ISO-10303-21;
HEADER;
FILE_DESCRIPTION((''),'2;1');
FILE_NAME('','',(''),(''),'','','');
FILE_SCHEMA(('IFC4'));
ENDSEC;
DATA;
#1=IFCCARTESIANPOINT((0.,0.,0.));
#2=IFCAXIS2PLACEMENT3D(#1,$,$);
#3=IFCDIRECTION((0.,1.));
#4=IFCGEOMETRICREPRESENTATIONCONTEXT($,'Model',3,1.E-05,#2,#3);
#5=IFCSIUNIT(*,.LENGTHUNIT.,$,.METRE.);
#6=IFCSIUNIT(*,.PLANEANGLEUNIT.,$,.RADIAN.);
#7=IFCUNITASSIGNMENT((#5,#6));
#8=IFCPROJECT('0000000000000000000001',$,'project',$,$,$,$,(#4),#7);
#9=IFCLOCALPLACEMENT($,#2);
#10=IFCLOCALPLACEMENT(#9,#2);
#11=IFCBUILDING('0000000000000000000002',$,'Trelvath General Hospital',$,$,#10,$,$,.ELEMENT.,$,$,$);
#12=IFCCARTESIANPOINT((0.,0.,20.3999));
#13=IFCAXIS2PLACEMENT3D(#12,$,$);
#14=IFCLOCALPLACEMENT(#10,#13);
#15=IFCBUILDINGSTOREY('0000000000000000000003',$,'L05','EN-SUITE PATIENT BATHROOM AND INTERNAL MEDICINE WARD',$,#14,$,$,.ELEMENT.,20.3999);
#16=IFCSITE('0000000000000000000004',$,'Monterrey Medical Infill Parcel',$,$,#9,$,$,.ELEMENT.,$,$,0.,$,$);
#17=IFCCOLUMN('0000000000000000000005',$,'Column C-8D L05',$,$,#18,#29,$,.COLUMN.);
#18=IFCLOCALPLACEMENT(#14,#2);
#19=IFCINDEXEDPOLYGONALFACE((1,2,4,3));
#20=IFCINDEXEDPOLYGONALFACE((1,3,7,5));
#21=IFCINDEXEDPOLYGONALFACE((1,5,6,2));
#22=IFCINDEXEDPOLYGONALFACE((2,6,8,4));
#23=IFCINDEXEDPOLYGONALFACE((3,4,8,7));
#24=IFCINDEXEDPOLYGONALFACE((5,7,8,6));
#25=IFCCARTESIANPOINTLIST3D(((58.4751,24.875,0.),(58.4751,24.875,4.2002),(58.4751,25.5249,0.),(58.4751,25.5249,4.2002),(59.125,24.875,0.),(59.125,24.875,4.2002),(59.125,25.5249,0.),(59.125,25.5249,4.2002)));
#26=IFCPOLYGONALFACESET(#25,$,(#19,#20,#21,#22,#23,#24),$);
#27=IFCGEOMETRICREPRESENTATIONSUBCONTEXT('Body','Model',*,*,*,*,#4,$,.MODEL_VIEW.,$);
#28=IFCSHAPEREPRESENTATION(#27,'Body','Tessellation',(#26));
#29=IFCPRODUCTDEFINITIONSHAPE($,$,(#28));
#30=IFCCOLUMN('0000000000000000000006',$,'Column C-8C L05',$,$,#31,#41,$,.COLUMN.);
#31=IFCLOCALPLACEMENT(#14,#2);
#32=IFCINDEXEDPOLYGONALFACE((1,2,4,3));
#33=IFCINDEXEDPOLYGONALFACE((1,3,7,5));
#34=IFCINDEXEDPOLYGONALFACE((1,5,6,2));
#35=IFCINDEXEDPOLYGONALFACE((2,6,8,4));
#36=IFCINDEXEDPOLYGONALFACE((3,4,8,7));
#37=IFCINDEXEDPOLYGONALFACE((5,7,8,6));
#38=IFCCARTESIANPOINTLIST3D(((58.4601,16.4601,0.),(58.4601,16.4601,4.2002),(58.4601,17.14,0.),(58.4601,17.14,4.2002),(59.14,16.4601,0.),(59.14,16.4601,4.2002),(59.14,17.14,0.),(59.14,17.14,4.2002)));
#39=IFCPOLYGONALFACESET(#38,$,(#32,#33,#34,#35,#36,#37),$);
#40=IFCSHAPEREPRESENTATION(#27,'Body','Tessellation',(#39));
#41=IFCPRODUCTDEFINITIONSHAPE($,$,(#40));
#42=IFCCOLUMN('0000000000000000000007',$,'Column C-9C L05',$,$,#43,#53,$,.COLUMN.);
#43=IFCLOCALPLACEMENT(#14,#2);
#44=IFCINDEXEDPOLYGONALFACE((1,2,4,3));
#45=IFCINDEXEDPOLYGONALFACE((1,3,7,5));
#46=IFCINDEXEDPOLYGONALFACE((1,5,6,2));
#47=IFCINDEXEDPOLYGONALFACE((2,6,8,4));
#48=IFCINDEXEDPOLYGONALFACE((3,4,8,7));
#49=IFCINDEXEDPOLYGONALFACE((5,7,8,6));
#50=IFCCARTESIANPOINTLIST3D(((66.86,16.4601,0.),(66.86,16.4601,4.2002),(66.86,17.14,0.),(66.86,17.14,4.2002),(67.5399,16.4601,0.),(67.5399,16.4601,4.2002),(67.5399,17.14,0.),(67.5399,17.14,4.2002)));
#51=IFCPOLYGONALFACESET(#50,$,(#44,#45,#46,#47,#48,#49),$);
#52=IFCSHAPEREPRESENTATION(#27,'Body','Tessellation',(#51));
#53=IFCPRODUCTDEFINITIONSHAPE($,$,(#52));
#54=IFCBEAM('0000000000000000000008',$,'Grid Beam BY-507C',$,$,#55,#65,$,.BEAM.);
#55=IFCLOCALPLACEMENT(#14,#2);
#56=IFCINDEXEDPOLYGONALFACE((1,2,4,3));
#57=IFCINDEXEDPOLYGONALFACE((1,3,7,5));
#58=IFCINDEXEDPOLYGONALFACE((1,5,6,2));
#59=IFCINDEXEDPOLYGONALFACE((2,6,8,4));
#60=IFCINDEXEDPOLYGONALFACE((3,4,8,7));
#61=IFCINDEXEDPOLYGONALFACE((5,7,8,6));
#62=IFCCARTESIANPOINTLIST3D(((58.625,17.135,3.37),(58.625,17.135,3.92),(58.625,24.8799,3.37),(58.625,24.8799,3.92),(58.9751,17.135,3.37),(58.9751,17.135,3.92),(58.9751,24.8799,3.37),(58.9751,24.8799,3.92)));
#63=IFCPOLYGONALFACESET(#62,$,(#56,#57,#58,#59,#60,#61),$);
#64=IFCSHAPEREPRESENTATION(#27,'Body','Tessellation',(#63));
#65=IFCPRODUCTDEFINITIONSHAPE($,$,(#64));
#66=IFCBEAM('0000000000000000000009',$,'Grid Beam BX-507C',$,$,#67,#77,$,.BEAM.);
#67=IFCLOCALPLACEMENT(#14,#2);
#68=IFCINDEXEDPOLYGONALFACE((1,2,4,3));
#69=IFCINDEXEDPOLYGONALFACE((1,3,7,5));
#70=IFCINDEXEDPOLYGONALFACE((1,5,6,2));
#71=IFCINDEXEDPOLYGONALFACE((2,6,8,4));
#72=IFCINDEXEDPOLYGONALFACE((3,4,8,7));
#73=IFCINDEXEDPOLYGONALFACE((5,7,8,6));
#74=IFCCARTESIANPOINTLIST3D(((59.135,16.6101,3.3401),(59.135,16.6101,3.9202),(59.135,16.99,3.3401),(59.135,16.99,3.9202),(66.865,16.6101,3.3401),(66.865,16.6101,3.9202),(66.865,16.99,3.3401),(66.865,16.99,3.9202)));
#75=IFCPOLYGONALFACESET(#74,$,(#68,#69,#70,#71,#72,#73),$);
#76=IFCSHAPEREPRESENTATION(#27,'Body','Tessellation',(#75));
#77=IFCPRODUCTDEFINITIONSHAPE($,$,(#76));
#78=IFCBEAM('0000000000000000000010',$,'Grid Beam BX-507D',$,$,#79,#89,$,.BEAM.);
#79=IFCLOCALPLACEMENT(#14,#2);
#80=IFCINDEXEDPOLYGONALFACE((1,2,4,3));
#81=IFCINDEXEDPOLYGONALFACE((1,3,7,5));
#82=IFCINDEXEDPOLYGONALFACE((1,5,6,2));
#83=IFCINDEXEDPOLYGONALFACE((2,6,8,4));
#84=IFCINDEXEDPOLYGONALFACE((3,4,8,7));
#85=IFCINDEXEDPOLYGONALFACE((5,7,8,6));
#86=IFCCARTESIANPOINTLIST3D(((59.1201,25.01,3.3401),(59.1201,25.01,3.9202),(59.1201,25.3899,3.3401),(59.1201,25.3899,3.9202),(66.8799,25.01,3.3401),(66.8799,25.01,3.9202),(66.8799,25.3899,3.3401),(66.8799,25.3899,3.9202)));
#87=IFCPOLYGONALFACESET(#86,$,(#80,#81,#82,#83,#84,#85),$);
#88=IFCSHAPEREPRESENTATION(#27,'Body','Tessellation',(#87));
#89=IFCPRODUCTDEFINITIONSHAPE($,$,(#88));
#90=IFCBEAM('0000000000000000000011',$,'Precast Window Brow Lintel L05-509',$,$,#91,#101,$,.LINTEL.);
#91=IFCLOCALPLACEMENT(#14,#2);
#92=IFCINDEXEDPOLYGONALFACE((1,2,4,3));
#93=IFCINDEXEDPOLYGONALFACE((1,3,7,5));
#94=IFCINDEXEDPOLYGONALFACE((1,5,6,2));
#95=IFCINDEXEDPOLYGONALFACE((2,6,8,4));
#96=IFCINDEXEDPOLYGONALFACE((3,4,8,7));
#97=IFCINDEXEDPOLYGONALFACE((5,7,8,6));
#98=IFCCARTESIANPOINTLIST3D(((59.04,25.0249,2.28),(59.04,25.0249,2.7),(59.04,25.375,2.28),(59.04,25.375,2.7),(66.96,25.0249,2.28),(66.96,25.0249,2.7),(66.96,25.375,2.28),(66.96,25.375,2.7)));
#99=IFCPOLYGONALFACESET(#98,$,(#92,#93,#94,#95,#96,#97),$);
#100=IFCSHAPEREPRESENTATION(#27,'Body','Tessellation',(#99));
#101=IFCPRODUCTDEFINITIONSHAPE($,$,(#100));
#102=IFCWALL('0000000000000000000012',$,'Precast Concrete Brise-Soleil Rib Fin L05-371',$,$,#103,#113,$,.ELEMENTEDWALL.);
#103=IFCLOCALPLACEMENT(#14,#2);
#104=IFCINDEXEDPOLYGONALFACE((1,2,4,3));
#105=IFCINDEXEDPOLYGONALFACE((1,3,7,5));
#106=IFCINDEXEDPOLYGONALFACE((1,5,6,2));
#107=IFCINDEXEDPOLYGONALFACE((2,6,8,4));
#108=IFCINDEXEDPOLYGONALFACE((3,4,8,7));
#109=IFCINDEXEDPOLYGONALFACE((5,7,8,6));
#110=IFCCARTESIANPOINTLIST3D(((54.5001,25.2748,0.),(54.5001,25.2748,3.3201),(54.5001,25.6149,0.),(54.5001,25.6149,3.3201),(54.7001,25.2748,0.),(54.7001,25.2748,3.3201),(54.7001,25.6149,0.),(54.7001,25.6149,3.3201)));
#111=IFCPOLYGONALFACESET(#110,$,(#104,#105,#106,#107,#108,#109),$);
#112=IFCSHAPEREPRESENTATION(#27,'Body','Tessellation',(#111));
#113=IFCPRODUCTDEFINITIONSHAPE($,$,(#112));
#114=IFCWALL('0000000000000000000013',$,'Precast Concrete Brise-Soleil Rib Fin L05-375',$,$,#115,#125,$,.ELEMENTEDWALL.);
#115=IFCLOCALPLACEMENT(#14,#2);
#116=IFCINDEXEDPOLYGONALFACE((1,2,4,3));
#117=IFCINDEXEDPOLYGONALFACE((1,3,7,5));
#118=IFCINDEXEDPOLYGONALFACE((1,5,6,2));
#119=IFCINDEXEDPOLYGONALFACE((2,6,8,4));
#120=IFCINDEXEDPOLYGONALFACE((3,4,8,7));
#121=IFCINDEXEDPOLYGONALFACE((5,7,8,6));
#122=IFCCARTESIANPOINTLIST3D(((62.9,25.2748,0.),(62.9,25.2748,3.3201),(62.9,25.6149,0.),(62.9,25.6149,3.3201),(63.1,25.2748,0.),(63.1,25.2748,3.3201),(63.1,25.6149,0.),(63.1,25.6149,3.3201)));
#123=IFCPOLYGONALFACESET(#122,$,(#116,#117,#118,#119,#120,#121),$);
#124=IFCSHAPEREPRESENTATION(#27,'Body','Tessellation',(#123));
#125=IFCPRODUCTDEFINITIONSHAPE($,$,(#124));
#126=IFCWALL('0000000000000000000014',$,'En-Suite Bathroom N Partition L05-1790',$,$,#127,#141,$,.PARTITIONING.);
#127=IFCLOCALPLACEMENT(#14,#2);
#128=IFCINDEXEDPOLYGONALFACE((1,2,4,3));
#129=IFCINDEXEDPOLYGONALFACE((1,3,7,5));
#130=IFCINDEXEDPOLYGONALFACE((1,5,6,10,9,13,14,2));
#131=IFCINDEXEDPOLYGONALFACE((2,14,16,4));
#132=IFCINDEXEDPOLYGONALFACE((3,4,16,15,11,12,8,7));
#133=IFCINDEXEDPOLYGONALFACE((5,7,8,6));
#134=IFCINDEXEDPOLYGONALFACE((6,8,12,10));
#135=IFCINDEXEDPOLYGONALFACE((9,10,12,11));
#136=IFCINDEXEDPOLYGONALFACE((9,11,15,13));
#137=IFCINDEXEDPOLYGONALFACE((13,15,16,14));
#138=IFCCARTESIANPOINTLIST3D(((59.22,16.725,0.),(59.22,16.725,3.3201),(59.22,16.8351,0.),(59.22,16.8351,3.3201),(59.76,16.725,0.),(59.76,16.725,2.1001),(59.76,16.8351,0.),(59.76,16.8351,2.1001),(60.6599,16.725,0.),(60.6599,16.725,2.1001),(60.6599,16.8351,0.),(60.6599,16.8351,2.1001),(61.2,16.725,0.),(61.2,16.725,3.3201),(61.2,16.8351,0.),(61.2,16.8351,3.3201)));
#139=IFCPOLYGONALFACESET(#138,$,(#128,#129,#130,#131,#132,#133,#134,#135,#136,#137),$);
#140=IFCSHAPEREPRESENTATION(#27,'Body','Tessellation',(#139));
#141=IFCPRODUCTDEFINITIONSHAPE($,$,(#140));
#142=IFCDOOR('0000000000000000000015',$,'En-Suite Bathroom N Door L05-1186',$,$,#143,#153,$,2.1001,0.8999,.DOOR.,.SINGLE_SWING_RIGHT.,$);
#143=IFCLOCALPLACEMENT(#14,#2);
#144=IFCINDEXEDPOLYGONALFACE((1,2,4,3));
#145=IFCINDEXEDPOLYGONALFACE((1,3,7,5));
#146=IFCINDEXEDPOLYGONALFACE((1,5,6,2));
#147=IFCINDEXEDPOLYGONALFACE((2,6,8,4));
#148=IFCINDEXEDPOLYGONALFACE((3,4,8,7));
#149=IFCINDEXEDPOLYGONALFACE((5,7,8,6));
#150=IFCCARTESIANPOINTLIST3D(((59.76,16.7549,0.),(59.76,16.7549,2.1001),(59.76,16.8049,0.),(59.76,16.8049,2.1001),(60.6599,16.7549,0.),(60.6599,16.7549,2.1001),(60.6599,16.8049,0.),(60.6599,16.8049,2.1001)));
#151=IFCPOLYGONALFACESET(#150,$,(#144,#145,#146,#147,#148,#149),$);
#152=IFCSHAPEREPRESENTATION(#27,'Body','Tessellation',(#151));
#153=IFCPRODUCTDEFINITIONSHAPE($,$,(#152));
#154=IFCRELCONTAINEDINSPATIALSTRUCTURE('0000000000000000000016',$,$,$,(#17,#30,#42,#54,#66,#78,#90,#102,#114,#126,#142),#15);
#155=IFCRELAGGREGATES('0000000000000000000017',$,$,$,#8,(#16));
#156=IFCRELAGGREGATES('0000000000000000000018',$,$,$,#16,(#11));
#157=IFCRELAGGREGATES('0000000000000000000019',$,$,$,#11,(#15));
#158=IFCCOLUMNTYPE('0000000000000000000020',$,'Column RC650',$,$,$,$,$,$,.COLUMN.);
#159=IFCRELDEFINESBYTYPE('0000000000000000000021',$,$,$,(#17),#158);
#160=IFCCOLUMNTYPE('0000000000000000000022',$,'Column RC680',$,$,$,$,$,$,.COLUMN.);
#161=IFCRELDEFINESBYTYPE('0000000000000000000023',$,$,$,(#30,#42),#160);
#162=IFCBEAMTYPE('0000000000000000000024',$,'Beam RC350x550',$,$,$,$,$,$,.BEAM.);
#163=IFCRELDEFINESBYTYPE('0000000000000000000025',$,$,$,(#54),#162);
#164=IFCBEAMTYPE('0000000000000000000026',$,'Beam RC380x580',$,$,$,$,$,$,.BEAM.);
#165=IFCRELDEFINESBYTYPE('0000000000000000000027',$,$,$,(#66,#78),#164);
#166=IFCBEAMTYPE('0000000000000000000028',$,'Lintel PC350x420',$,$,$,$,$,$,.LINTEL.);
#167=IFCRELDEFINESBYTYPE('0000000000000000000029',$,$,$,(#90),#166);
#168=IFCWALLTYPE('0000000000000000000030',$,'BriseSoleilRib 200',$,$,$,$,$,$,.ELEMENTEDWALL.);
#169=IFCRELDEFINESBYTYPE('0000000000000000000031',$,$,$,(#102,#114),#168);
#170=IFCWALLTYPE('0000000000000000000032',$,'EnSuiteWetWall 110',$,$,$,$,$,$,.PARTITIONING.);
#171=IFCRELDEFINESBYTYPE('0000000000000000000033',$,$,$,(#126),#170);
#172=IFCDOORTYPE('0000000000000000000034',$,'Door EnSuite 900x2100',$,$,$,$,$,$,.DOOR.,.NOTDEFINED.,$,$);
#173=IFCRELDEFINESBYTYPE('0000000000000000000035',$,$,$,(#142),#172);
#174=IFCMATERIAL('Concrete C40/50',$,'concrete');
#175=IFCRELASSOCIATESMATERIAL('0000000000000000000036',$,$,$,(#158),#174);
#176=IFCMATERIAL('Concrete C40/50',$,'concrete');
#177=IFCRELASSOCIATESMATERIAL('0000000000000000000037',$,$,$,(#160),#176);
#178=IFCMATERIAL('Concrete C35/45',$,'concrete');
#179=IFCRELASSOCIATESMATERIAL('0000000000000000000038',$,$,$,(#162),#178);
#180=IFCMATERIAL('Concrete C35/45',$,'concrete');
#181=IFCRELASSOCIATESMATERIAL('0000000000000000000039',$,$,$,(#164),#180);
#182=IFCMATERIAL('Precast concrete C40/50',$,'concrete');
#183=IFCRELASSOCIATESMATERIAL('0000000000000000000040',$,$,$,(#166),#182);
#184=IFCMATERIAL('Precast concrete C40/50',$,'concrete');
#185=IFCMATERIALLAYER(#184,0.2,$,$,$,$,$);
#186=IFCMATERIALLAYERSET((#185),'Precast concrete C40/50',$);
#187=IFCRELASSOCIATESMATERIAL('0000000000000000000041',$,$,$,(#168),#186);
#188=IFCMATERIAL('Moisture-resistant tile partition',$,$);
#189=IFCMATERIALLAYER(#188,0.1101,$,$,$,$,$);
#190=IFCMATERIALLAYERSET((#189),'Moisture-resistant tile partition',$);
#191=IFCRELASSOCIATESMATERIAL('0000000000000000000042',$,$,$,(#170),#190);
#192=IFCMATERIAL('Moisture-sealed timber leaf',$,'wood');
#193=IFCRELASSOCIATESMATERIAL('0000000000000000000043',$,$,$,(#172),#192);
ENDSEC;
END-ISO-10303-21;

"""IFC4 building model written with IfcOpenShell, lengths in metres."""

from ifc_helpers import new_model, si_unit, direction, frame, frame_2d, origin, origin_2d, place, context, subcontext, project, spatial, rectangle, extrude, material, layer, layer_set, material_profile, profile_set, type_object, element, fill, save


model = new_model("IFC4")

# Units and contexts
model_context = context("Model", 3, precision=1e-05, world=origin(), true_north=direction((0.0, 1.0)))
body_context = subcontext(model_context, "Body", "Model", "MODEL_VIEW")
ifc_project = project(units=[si_unit("LENGTHUNIT", "METRE"), si_unit("PLANEANGLEUNIT", "RADIAN")], contexts=[model_context])

# Site, building, storey
site_placement = place(None, origin())
site = spatial("IfcSite", under=ifc_project, at=site_placement, Name="Monterrey Medical Infill Parcel", CompositionType="ELEMENT", RefElevation=0.0)
building_placement = place(site_placement, origin())
building = spatial("IfcBuilding", under=site, at=building_placement, Name="Trelvath General Hospital", CompositionType="ELEMENT")
storey_placement = place(building_placement, frame((0.0, 0.0, 20.3999)))
storey = spatial("IfcBuildingStorey", under=building, at=storey_placement, Name="L05", Description="EN-SUITE PATIENT BATHROOM AND INTERNAL MEDICINE WARD", CompositionType="ELEMENT", Elevation=20.3999)

# Columns
ifc_material_1 = material(Name="Concrete C40/50", Category="concrete")
ifc_material_profile_1 = material_profile(ifc_material_1, rectangle(XDim=0.6499, YDim=0.6499, at=origin_2d()), Name="RC650x650")
ifc_profile_set_1 = profile_set([ifc_material_profile_1], Name="Concrete C40/50")
column_type_1 = type_object("IfcColumnType", Name="Column RC650", PredefinedType="COLUMN", material=ifc_profile_set_1)
column_placement = place(storey_placement, frame((58.8, 25.2, 0.0), z_axis=(0.0, 0.0, 1.0), x_axis=(1.0, 0.0, 0.0)))
element("IfcColumn", 1, at=column_placement, inside=storey, type_object=column_type_1, Name="Column C-8D L05", PredefinedType="COLUMN", context=body_context, shape_type="SweptSolid", body=[
    extrude(rectangle(XDim=0.6499, YDim=0.6499, at=origin_2d()), origin(), (0.0, 0.0, 1.0), 4.2002),
])
ifc_material_2 = material(Name="Concrete C40/50", Category="concrete")
ifc_material_profile_2 = material_profile(ifc_material_2, rectangle(XDim=0.6799, YDim=0.6799, at=origin_2d()), Name="RC680x680")
ifc_profile_set_2 = profile_set([ifc_material_profile_2], Name="Concrete C40/50")
column_type_2 = type_object("IfcColumnType", Name="Column RC680", PredefinedType="COLUMN", material=ifc_profile_set_2)
for number, where, z_axis, x_axis, name in (
    (2, (58.8, 16.8, 0.0), (0.0, 0.0, 1.0), (1.0, 0.0, 0.0), "Column C-8C L05"),
    (3, (67.2, 16.8, 0.0), (0.0, 0.0, 1.0), (1.0, 0.0, 0.0), "Column C-9C L05"),
):
    element("IfcColumn", number, at=place(storey_placement, frame(where, z_axis=z_axis, x_axis=x_axis)), inside=storey, type_object=column_type_2, Name=name, PredefinedType="COLUMN", context=body_context, shape_type="SweptSolid", body=[
        extrude(rectangle(XDim=0.6799, YDim=0.6799, at=origin_2d()), origin(), (0.0, 0.0, 1.0), 4.2002),
    ])

# Beams
ifc_material_3 = material(Name="Concrete C35/45", Category="concrete")
ifc_material_profile_3 = material_profile(ifc_material_3, rectangle(XDim=0.3501, YDim=0.55, at=origin_2d()), Name="RCB350x550")
ifc_profile_set_3 = profile_set([ifc_material_profile_3], Name="Concrete C35/45")
beam_type_1 = type_object("IfcBeamType", Name="Beam RC350x550", PredefinedType="BEAM", material=ifc_profile_set_3)
beam_1_placement = place(storey_placement, frame((58.8, 17.135, 3.645), z_axis=(0.0, 1.0, 0.0), x_axis=(-1.0, 0.0, 0.0)))
element("IfcBeam", 4, at=beam_1_placement, inside=storey, type_object=beam_type_1, Name="Grid Beam BY-507C", PredefinedType="BEAM", context=body_context, shape_type="SweptSolid", body=[
    extrude(rectangle(XDim=0.3501, YDim=0.55, at=origin_2d()), origin(), (0.0, 0.0, 1.0), 7.7449),
])
ifc_material_4 = material(Name="Concrete C35/45", Category="concrete")
ifc_material_profile_4 = material_profile(ifc_material_4, rectangle(XDim=0.3799, YDim=0.5801, at=origin_2d()), Name="RCB380x580")
ifc_profile_set_4 = profile_set([ifc_material_profile_4], Name="Concrete C35/45")
beam_type_2 = type_object("IfcBeamType", Name="Beam RC380x580", PredefinedType="BEAM", material=ifc_profile_set_4)
beam_2_placement = place(storey_placement, frame((59.135, 16.8, 3.6301), z_axis=(1.0, 0.0, 0.0), x_axis=(0.0, 1.0, 0.0)))
element("IfcBeam", 5, at=beam_2_placement, inside=storey, type_object=beam_type_2, Name="Grid Beam BX-507C", PredefinedType="BEAM", context=body_context, shape_type="SweptSolid", body=[
    extrude(rectangle(XDim=0.3799, YDim=0.5801, at=origin_2d()), origin(), (0.0, 0.0, 1.0), 7.73),
])
beam_3_placement = place(storey_placement, frame((59.1201, 25.2, 3.6301), z_axis=(1.0, 0.0, 0.0), x_axis=(0.0, 1.0, 0.0)))
element("IfcBeam", 6, at=beam_3_placement, inside=storey, type_object=beam_type_2, Name="Grid Beam BX-507D", PredefinedType="BEAM", context=body_context, shape_type="SweptSolid", body=[
    extrude(rectangle(XDim=0.3799, YDim=0.5801, at=origin_2d()), origin(), (0.0, 0.0, 1.0), 7.7598),
])
ifc_material_5 = material(Name="Precast concrete C40/50", Category="concrete")
ifc_material_profile_5 = material_profile(ifc_material_5, rectangle(XDim=0.3501, YDim=0.4199, at=origin_2d()), Name="PCL350x420")
ifc_profile_set_5 = profile_set([ifc_material_profile_5], Name="Precast concrete C40/50")
beam_type_3 = type_object("IfcBeamType", Name="Lintel PC350x420", PredefinedType="LINTEL", material=ifc_profile_set_5)
beam_4_placement = place(storey_placement, frame((59.04, 25.2, 2.49), z_axis=(1.0, 0.0, 0.0), x_axis=(0.0, 1.0, 0.0)))
element("IfcBeam", 7, at=beam_4_placement, inside=storey, type_object=beam_type_3, Name="Precast Window Brow Lintel L05-509", PredefinedType="LINTEL", context=body_context, shape_type="SweptSolid", body=[
    extrude(rectangle(XDim=0.3501, YDim=0.4199, at=origin_2d()), origin(), (0.0, 0.0, 1.0), 7.9199),
])

# Walls
ifc_material_6 = material(Name="Precast concrete C40/50", Category="concrete")
ifc_layer_1 = layer(ifc_material_6, 0.2)
ifc_layer_set_1 = layer_set([ifc_layer_1], Name="Precast concrete C40/50")
wall_type_1 = type_object("IfcWallType", Name="BriseSoleilRib 200", PredefinedType="ELEMENTEDWALL", material=ifc_layer_set_1)
for number, where, z_axis, x_axis, name in (
    (8, (54.6001, 25.2749, 0.0), (0.0, 0.0, 1.0), (0.0, 1.0, 0.0), "Precast Concrete Brise-Soleil Rib Fin L05-371"),
    (9, (63.0, 25.2749, 0.0), (0.0, 0.0, 1.0), (0.0, 1.0, 0.0), "Precast Concrete Brise-Soleil Rib Fin L05-375"),
):
    element("IfcWall", number, at=place(storey_placement, frame(where, z_axis=z_axis, x_axis=x_axis)), inside=storey, type_object=wall_type_1, Name=name, PredefinedType="ELEMENTEDWALL", context=body_context, shape_type="SweptSolid", body=[
        extrude(rectangle(XDim=0.3401, YDim=0.2, at=frame_2d((0.1699, 0.0))), origin(), (0.0, 0.0, 1.0), 3.3201),
    ])

# Wall, opening, door
ifc_material_7 = material(Name="Moisture-resistant tile partition")
ifc_layer_2 = layer(ifc_material_7, 0.1101)
ifc_layer_set_2 = layer_set([ifc_layer_2], Name="Moisture-resistant tile partition")
wall_type_2 = type_object("IfcWallType", Name="EnSuiteWetWall 110", PredefinedType="PARTITIONING", material=ifc_layer_set_2)
wall_1_placement = place(storey_placement, frame((59.22, 16.78, 0.0), z_axis=(0.0, 0.0, 1.0), x_axis=(1.0, 0.0, 0.0)))
wall_1 = element("IfcWall", 10, at=wall_1_placement, inside=storey, type_object=wall_type_2, Name="En-Suite Bathroom N Partition L05-1790", PredefinedType="PARTITIONING", context=body_context, shape_type="SweptSolid", body=[
    extrude(rectangle(XDim=1.98, YDim=0.1101, at=frame_2d((0.99, 0.0))), origin(), (0.0, 0.0, 1.0), 3.3201),
])
opening_1_placement = place(wall_1_placement, frame((0.54, 0.0, 0.0)))
opening_1 = element("IfcOpeningElement", 11, at=opening_1_placement, cuts=wall_1, PredefinedType="OPENING", context=body_context, shape_type="SweptSolid", body=[
    extrude(rectangle(XDim=0.8999, YDim=2.1001, at=frame_2d((0.45, 1.05))), frame((0.0, 0.0649, 0.0), z_axis=(0.0, -1.0, 0.0), x_axis=(1.0, 0.0, 0.0)), (0.0, 0.0, 1.0), 0.1301),
])
ifc_material_8 = material(Name="Moisture-sealed timber leaf", Category="wood")
door_type = type_object("IfcDoorType", Name="Door EnSuite 900x2100", OperationType="NOTDEFINED", PredefinedType="DOOR", material=ifc_material_8)
door_1_placement = place(opening_1_placement, origin())
door_1 = element("IfcDoor", 12, at=door_1_placement, inside=storey, type_object=door_type, Name="En-Suite Bathroom N Door L05-1186", OperationType="SINGLE_SWING_RIGHT", OverallHeight=2.1001, OverallWidth=0.8999, PredefinedType="DOOR", context=body_context, shape_type="SweptSolid", body=[
    extrude(rectangle(XDim=0.8999, YDim=2.1001, at=frame_2d((0.45, 1.05))), frame((0.0, 0.0249, 0.0), z_axis=(0.0, -1.0, 0.0), x_axis=(1.0, 0.0, 0.0)), (0.0, 0.0, 1.0), 0.05),
])
fill(opening_1, door_1)

save(model, "model.ifc")
